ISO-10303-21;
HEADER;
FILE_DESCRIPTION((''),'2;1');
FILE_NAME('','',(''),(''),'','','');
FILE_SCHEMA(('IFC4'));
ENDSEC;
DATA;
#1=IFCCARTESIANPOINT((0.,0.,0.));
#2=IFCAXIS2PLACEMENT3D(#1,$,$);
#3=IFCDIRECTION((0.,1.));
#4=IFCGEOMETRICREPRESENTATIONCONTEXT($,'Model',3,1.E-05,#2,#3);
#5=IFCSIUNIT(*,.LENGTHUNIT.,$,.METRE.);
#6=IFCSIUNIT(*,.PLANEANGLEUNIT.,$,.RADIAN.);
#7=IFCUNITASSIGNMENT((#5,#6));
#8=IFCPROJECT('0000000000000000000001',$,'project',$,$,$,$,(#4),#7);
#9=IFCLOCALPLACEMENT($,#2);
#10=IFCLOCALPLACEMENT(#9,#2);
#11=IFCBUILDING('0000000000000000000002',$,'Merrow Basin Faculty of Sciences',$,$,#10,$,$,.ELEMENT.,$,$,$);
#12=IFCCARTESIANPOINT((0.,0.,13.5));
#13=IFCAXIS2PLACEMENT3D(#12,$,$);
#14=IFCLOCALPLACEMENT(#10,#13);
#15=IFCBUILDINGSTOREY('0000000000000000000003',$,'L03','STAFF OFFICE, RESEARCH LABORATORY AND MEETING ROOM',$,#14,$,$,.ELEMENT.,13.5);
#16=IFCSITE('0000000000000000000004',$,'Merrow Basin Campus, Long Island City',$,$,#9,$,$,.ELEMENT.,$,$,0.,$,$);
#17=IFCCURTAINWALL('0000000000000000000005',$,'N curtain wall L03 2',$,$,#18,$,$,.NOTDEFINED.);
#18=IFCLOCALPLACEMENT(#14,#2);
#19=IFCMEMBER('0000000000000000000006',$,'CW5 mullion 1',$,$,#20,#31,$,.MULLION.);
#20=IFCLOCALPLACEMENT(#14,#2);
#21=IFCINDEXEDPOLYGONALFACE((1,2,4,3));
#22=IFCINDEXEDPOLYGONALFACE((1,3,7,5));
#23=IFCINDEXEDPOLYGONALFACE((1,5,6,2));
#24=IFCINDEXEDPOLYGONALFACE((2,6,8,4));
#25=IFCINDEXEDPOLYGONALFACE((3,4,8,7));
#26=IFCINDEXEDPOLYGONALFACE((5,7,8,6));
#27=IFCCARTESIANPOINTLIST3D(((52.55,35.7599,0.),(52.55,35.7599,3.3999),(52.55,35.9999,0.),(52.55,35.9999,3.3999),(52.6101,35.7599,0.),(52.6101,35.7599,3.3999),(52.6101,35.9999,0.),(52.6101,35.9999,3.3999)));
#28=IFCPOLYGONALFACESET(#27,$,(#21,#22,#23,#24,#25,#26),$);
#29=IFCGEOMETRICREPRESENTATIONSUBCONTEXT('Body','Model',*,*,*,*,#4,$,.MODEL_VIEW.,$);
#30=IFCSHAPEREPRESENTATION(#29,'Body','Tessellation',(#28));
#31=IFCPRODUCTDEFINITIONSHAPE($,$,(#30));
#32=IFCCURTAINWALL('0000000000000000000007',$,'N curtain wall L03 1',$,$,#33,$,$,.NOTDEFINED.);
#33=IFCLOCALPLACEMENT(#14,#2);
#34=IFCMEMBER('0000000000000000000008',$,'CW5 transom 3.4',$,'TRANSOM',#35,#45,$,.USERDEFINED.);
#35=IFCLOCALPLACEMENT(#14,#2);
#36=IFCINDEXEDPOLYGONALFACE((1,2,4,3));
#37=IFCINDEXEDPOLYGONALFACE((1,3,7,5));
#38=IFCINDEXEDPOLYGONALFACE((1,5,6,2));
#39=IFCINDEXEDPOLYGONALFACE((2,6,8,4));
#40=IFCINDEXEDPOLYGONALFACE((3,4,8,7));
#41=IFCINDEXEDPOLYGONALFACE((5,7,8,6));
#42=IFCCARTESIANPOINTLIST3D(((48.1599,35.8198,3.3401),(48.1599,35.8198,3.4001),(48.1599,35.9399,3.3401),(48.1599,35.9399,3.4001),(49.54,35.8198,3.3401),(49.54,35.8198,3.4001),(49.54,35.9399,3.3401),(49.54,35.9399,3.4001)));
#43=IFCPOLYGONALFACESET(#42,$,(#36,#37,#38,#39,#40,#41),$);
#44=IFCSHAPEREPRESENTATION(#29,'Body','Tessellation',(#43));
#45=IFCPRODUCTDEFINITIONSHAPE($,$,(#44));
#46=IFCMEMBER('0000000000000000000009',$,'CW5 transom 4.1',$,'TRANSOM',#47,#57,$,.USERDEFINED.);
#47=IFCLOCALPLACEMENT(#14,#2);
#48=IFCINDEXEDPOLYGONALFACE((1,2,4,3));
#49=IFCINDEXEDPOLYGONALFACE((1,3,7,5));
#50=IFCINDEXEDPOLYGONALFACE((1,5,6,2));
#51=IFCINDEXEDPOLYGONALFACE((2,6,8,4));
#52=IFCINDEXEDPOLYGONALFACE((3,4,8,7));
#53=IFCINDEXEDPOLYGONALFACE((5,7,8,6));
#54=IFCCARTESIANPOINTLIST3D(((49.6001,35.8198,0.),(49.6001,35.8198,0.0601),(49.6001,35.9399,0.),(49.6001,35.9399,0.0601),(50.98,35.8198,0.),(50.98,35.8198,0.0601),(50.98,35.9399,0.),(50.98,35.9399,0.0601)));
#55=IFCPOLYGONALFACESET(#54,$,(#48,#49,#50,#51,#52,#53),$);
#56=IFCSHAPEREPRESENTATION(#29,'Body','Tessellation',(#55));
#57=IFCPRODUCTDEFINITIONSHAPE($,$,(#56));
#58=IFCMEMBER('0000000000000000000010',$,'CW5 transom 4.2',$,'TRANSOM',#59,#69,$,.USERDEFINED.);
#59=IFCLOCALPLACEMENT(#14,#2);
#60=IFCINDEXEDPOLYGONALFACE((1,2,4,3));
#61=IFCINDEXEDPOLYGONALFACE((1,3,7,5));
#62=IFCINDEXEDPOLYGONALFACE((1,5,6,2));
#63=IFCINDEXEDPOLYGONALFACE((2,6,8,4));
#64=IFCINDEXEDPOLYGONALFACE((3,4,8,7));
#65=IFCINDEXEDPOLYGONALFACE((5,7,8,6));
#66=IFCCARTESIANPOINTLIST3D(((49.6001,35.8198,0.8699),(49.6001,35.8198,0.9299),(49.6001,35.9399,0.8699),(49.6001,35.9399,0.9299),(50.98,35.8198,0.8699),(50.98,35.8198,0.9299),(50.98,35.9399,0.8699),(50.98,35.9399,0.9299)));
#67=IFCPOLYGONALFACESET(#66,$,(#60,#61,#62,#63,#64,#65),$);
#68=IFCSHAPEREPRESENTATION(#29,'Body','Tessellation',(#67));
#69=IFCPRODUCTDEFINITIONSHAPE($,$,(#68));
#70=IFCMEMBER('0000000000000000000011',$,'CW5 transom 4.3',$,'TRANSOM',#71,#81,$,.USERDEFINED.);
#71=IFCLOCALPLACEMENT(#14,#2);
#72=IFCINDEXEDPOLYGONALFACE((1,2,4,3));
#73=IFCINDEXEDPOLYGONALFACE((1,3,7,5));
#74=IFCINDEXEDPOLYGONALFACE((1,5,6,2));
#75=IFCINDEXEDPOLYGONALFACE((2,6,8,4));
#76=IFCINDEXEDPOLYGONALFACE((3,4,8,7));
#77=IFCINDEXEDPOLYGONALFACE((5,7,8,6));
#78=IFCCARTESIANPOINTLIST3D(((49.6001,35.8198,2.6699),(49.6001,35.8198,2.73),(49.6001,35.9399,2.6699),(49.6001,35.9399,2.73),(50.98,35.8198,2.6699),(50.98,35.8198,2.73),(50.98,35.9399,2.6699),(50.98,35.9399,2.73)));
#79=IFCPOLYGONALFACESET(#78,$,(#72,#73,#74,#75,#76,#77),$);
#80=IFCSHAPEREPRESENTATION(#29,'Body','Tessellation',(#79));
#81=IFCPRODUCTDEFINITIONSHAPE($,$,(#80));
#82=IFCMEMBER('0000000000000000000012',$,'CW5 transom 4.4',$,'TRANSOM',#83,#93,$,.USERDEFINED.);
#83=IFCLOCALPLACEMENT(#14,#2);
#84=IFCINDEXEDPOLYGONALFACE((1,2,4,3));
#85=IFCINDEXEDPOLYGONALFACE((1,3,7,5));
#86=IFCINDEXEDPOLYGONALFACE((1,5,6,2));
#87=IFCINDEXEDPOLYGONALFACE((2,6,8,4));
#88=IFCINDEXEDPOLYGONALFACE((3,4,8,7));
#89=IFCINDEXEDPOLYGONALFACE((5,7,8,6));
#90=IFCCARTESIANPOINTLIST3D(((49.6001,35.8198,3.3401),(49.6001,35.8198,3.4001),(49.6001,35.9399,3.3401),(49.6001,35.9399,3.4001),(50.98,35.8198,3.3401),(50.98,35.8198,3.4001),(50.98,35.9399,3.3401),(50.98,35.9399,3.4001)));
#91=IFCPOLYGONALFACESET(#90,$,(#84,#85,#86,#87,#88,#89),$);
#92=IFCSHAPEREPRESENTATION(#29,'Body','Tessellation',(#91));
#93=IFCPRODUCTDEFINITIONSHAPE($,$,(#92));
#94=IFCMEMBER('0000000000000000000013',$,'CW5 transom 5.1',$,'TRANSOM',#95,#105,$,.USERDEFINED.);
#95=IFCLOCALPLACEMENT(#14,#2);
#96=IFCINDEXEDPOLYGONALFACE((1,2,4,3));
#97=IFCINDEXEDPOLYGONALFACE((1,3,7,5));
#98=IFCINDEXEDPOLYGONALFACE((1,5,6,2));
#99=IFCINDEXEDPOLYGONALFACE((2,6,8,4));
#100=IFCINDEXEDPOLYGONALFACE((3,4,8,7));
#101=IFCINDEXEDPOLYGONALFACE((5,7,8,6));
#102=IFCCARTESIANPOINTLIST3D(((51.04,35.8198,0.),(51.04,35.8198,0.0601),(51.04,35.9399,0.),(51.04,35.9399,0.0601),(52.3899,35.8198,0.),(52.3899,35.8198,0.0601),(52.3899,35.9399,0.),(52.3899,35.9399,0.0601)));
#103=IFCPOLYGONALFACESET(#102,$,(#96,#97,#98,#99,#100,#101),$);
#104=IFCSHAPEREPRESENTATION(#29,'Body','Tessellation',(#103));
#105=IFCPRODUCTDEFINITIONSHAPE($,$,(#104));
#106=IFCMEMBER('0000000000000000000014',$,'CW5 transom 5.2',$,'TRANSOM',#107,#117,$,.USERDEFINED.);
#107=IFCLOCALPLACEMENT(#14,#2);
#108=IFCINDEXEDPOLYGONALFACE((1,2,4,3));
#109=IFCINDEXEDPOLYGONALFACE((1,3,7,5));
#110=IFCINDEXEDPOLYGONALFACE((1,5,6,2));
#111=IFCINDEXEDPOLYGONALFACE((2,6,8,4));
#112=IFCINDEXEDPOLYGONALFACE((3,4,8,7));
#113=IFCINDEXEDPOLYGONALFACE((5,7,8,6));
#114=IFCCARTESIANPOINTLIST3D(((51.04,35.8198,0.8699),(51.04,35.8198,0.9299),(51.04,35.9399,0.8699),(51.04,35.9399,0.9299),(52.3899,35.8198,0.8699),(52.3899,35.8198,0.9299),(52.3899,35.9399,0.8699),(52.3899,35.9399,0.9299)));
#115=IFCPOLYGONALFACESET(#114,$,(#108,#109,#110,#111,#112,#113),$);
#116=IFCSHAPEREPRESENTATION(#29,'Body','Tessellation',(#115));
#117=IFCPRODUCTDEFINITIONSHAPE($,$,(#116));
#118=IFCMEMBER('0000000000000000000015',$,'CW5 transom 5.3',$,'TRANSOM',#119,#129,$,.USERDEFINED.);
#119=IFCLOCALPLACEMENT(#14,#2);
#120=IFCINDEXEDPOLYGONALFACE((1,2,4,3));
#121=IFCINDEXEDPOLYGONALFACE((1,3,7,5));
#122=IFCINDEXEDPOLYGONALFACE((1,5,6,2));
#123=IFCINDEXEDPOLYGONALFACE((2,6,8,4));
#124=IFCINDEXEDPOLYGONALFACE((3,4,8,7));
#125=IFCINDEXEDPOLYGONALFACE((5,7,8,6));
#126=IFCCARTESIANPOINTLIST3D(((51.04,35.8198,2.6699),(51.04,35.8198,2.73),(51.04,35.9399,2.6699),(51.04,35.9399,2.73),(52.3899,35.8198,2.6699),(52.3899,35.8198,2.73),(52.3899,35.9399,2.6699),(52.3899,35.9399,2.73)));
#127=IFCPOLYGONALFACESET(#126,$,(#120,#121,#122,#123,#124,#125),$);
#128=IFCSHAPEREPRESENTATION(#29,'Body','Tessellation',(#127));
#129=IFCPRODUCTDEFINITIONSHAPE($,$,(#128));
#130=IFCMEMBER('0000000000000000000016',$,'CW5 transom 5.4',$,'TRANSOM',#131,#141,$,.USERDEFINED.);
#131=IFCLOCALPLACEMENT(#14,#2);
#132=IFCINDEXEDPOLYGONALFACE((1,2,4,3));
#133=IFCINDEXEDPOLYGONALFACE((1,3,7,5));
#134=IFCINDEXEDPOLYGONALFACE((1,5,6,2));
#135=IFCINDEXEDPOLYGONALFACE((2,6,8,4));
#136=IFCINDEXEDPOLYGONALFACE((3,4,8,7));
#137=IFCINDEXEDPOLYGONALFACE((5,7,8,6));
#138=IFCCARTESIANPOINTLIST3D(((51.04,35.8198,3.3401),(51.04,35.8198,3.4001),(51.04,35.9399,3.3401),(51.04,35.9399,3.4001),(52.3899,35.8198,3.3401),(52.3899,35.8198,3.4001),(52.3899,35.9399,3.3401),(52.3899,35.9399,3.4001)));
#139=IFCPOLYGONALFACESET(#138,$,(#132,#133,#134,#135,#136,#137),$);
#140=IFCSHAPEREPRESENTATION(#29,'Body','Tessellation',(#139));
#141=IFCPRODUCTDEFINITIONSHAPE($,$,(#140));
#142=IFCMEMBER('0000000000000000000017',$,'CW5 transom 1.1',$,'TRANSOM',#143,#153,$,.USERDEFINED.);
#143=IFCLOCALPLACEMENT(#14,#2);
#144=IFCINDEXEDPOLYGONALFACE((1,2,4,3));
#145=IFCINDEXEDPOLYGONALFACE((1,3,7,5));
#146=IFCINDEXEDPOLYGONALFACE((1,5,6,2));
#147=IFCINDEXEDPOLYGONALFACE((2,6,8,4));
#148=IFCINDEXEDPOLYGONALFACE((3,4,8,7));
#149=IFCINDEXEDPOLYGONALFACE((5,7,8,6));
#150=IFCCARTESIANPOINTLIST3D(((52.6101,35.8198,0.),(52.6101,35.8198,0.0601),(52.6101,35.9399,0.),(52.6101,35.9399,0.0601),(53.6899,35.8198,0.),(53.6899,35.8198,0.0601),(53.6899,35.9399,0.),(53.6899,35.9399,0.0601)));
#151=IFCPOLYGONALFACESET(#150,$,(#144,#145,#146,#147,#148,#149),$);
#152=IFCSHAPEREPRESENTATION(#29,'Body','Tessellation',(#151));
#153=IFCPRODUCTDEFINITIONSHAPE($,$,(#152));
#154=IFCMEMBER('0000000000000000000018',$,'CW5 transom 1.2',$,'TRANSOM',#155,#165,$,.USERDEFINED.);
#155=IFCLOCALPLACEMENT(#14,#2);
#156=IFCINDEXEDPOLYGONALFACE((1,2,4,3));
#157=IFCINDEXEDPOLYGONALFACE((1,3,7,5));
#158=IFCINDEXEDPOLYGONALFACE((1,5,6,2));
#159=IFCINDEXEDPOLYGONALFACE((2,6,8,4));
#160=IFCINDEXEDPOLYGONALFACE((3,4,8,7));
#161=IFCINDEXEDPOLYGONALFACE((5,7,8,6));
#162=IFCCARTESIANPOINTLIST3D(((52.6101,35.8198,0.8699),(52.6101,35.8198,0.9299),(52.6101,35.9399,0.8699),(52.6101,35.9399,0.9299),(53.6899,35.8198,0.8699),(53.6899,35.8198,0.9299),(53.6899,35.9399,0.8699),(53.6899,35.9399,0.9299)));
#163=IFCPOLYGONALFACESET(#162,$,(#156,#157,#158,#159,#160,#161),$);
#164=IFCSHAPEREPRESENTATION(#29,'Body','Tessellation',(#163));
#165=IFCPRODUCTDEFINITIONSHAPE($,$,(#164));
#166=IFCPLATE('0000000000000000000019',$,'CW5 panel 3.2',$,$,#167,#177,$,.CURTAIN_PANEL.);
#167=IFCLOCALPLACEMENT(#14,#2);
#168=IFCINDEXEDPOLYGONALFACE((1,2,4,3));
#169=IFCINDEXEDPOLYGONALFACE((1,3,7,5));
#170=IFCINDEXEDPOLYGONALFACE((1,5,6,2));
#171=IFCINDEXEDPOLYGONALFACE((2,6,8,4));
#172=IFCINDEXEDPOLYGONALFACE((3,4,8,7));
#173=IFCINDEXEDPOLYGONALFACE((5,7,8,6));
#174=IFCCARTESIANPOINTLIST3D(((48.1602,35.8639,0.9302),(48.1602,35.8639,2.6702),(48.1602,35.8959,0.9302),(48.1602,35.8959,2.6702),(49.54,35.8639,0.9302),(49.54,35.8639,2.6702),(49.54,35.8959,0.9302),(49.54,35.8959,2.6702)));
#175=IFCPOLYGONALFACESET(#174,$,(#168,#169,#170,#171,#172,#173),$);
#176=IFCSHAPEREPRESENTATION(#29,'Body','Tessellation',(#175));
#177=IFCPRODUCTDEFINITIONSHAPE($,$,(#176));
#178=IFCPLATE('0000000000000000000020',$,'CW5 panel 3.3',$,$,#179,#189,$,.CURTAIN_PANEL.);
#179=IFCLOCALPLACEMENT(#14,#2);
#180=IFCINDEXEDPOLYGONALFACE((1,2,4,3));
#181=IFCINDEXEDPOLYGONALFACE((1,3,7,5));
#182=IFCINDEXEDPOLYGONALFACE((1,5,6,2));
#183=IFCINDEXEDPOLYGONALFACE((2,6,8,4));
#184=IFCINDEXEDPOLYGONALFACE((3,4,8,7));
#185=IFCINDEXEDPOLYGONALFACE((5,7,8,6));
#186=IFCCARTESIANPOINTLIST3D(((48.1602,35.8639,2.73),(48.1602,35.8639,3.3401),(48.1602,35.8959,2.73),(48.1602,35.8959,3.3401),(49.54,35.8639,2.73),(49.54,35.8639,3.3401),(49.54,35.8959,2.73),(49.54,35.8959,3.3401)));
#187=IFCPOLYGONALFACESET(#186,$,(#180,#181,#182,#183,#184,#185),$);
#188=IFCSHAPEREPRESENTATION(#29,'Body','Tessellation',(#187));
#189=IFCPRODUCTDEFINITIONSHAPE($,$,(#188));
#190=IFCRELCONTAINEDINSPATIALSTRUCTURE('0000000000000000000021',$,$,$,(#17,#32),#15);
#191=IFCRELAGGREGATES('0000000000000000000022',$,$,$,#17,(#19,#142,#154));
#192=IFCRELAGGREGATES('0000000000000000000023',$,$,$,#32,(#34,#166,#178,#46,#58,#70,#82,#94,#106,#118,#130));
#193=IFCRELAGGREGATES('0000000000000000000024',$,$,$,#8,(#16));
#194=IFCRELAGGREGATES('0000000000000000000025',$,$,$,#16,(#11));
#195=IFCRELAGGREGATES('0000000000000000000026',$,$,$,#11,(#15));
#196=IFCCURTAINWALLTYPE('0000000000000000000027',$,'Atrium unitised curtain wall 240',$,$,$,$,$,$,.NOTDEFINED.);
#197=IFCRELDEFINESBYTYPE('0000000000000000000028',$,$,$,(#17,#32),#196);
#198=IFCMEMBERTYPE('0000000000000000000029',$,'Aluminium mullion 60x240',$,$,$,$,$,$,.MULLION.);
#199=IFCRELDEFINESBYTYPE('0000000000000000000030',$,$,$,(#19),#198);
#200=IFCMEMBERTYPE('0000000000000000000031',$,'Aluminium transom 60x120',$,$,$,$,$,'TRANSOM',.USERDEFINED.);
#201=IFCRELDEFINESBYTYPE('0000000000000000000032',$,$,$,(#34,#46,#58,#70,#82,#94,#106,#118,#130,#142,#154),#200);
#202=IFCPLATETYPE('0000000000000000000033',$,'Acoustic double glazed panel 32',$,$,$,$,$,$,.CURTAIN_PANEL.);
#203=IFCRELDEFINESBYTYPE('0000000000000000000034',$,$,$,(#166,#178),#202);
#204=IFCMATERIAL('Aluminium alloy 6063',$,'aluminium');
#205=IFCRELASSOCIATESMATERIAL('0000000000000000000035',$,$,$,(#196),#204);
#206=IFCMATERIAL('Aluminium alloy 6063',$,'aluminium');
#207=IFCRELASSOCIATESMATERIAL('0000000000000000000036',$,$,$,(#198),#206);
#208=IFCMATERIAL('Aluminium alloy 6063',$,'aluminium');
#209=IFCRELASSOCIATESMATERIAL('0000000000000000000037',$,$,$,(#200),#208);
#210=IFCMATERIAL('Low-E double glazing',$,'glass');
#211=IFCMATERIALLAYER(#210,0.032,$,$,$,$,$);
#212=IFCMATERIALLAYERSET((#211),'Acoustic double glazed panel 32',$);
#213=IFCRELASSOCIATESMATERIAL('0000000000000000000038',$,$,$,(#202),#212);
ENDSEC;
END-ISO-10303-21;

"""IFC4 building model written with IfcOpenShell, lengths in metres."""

from ifc_helpers import new_model, si_unit, direction, frame, origin, origin_2d, place, context, subcontext, project, spatial, rectangle, extrude, material, layer, layer_set, material_profile, profile_set, type_object, element, aggregate, save


model = new_model("IFC4")

# Units and contexts
model_context = context("Model", 3, precision=1e-05, world=origin(), true_north=direction((0.0, 1.0)))
body_context = subcontext(model_context, "Body", "Model", "MODEL_VIEW")
ifc_project = project(units=[si_unit("LENGTHUNIT", "METRE"), si_unit("PLANEANGLEUNIT", "RADIAN")], contexts=[model_context])

# Site, building, storey
site_placement = place(None, origin())
site = spatial("IfcSite", under=ifc_project, at=site_placement, Name="Merrow Basin Campus, Long Island City", CompositionType="ELEMENT", RefElevation=0.0)
building_placement = place(site_placement, origin())
building = spatial("IfcBuilding", under=site, at=building_placement, Name="Merrow Basin Faculty of Sciences", CompositionType="ELEMENT")
storey_placement = place(building_placement, frame((0.0, 0.0, 13.5)))
storey = spatial("IfcBuildingStorey", under=building, at=storey_placement, Name="L03", Description="STAFF OFFICE, RESEARCH LABORATORY AND MEETING ROOM", CompositionType="ELEMENT", Elevation=13.5)

# Curtain wall, member
ifc_material_1 = material(Name="Aluminium alloy 6063", Category="aluminium")
curtain_wall_type = type_object("IfcCurtainWallType", Name="Atrium unitised curtain wall 240", PredefinedType="NOTDEFINED", material=ifc_material_1)
curtain_wall_1_placement = place(storey_placement, origin())
curtain_wall_1 = element("IfcCurtainWall", 1, at=curtain_wall_1_placement, inside=storey, type_object=curtain_wall_type, Name="N curtain wall L03 2", PredefinedType="NOTDEFINED")
ifc_material_2 = material(Name="Aluminium alloy 6063", Category="aluminium")
ifc_material_profile_1 = material_profile(ifc_material_2, rectangle(XDim=0.24, YDim=0.0601, at=origin_2d()))
ifc_profile_set_1 = profile_set([ifc_material_profile_1], Name="Aluminium alloy 6063")
member_type_1 = type_object("IfcMemberType", Name="Aluminium mullion 60x240", PredefinedType="MULLION", material=ifc_profile_set_1)
member_1_placement = place(storey_placement, frame((52.5801, 35.8799, 0.0), z_axis=(0.0, 0.0, 1.0), x_axis=(0.0, 1.0, 0.0)))
member_1 = element("IfcMember", 2, at=member_1_placement, type_object=member_type_1, Name="CW5 mullion 1", PredefinedType="MULLION", context=body_context, shape_type="SweptSolid", body=[
    extrude(rectangle(XDim=0.24, YDim=0.0601, at=origin_2d()), origin(), (0.0, 0.0, 1.0), 3.3999),
])

# Curtain wall, members
curtain_wall_2_placement = place(storey_placement, origin())
curtain_wall_2 = element("IfcCurtainWall", 3, at=curtain_wall_2_placement, inside=storey, type_object=curtain_wall_type, Name="N curtain wall L03 1", PredefinedType="NOTDEFINED")
ifc_material_3 = material(Name="Aluminium alloy 6063", Category="aluminium")
ifc_material_profile_2 = material_profile(ifc_material_3, rectangle(XDim=0.1201, YDim=0.0601, at=origin_2d()))
ifc_profile_set_2 = profile_set([ifc_material_profile_2], Name="Aluminium alloy 6063")
member_type_2 = type_object("IfcMemberType", Name="Aluminium transom 60x120", ElementType="TRANSOM", PredefinedType="USERDEFINED", material=ifc_profile_set_2)
member_2_placement = place(storey_placement, frame((48.1599, 35.8799, 3.3701), z_axis=(1.0, 0.0, 0.0), x_axis=(0.0, 1.0, 0.0)))
member_2 = element("IfcMember", 4, at=member_2_placement, type_object=member_type_2, Name="CW5 transom 3.4", ObjectType="TRANSOM", PredefinedType="USERDEFINED", context=body_context, shape_type="SweptSolid", body=[
    extrude(rectangle(XDim=0.1201, YDim=0.0601, at=origin_2d()), origin(), (0.0, 0.0, 1.0), 1.3801),
])
member_3_placement = place(storey_placement, frame((49.6001, 35.8799, 0.03), z_axis=(1.0, 0.0, 0.0), x_axis=(0.0, 1.0, 0.0)))
member_3 = element("IfcMember", 5, at=member_3_placement, type_object=member_type_2, Name="CW5 transom 4.1", ObjectType="TRANSOM", PredefinedType="USERDEFINED", context=body_context, shape_type="SweptSolid", body=[
    extrude(rectangle(XDim=0.1201, YDim=0.0601, at=origin_2d()), origin(), (0.0, 0.0, 1.0), 1.3799),
])
member_4_placement = place(storey_placement, frame((49.6001, 35.8799, 0.8999), z_axis=(1.0, 0.0, 0.0), x_axis=(0.0, 1.0, 0.0)))
member_4 = element("IfcMember", 6, at=member_4_placement, type_object=member_type_2, Name="CW5 transom 4.2", ObjectType="TRANSOM", PredefinedType="USERDEFINED", context=body_context, shape_type="SweptSolid", body=[
    extrude(rectangle(XDim=0.1201, YDim=0.0601, at=origin_2d()), origin(), (0.0, 0.0, 1.0), 1.3799),
])
member_5_placement = place(storey_placement, frame((49.6001, 35.8799, 2.7), z_axis=(1.0, 0.0, 0.0), x_axis=(0.0, 1.0, 0.0)))
member_5 = element("IfcMember", 7, at=member_5_placement, type_object=member_type_2, Name="CW5 transom 4.3", ObjectType="TRANSOM", PredefinedType="USERDEFINED", context=body_context, shape_type="SweptSolid", body=[
    extrude(rectangle(XDim=0.1201, YDim=0.0601, at=origin_2d()), origin(), (0.0, 0.0, 1.0), 1.3799),
])
member_6_placement = place(storey_placement, frame((49.6001, 35.8799, 3.3701), z_axis=(1.0, 0.0, 0.0), x_axis=(0.0, 1.0, 0.0)))
member_6 = element("IfcMember", 8, at=member_6_placement, type_object=member_type_2, Name="CW5 transom 4.4", ObjectType="TRANSOM", PredefinedType="USERDEFINED", context=body_context, shape_type="SweptSolid", body=[
    extrude(rectangle(XDim=0.1201, YDim=0.0601, at=origin_2d()), origin(), (0.0, 0.0, 1.0), 1.3799),
])
member_7_placement = place(storey_placement, frame((51.04, 35.8799, 0.03), z_axis=(1.0, 0.0, 0.0), x_axis=(0.0, 1.0, 0.0)))
member_7 = element("IfcMember", 9, at=member_7_placement, type_object=member_type_2, Name="CW5 transom 5.1", ObjectType="TRANSOM", PredefinedType="USERDEFINED", context=body_context, shape_type="SweptSolid", body=[
    extrude(rectangle(XDim=0.1201, YDim=0.0601, at=origin_2d()), origin(), (0.0, 0.0, 1.0), 1.3499),
])
member_8_placement = place(storey_placement, frame((51.04, 35.8799, 0.8999), z_axis=(1.0, 0.0, 0.0), x_axis=(0.0, 1.0, 0.0)))
member_8 = element("IfcMember", 10, at=member_8_placement, type_object=member_type_2, Name="CW5 transom 5.2", ObjectType="TRANSOM", PredefinedType="USERDEFINED", context=body_context, shape_type="SweptSolid", body=[
    extrude(rectangle(XDim=0.1201, YDim=0.0601, at=origin_2d()), origin(), (0.0, 0.0, 1.0), 1.3499),
])
member_9_placement = place(storey_placement, frame((51.04, 35.8799, 2.7), z_axis=(1.0, 0.0, 0.0), x_axis=(0.0, 1.0, 0.0)))
member_9 = element("IfcMember", 11, at=member_9_placement, type_object=member_type_2, Name="CW5 transom 5.3", ObjectType="TRANSOM", PredefinedType="USERDEFINED", context=body_context, shape_type="SweptSolid", body=[
    extrude(rectangle(XDim=0.1201, YDim=0.0601, at=origin_2d()), origin(), (0.0, 0.0, 1.0), 1.3499),
])
member_10_placement = place(storey_placement, frame((51.04, 35.8799, 3.3701), z_axis=(1.0, 0.0, 0.0), x_axis=(0.0, 1.0, 0.0)))
member_10 = element("IfcMember", 12, at=member_10_placement, type_object=member_type_2, Name="CW5 transom 5.4", ObjectType="TRANSOM", PredefinedType="USERDEFINED", context=body_context, shape_type="SweptSolid", body=[
    extrude(rectangle(XDim=0.1201, YDim=0.0601, at=origin_2d()), origin(), (0.0, 0.0, 1.0), 1.3499),
])

# Members
member_11_placement = place(storey_placement, frame((52.6101, 35.8799, 0.03), z_axis=(1.0, 0.0, 0.0), x_axis=(0.0, 1.0, 0.0)))
member_11 = element("IfcMember", 13, at=member_11_placement, type_object=member_type_2, Name="CW5 transom 1.1", ObjectType="TRANSOM", PredefinedType="USERDEFINED", context=body_context, shape_type="SweptSolid", body=[
    extrude(rectangle(XDim=0.1201, YDim=0.0601, at=origin_2d()), origin(), (0.0, 0.0, 1.0), 1.0798),
])
member_12_placement = place(storey_placement, frame((52.6101, 35.8799, 0.8999), z_axis=(1.0, 0.0, 0.0), x_axis=(0.0, 1.0, 0.0)))
member_12 = element("IfcMember", 14, at=member_12_placement, type_object=member_type_2, Name="CW5 transom 1.2", ObjectType="TRANSOM", PredefinedType="USERDEFINED", context=body_context, shape_type="SweptSolid", body=[
    extrude(rectangle(XDim=0.1201, YDim=0.0601, at=origin_2d()), origin(), (0.0, 0.0, 1.0), 1.0798),
])
aggregate(curtain_wall_1, [member_1, member_11, member_12])

# Plates
ifc_material_4 = material(Name="Low-E double glazing", Category="glass")
ifc_layer_1 = layer(ifc_material_4, 0.032)
ifc_layer_set_1 = layer_set([ifc_layer_1], Name="Acoustic double glazed panel 32")
plate_type_1 = type_object("IfcPlateType", Name="Acoustic double glazed panel 32", PredefinedType="CURTAIN_PANEL", material=ifc_layer_set_1)
plate_1_placement = place(storey_placement, frame((48.8501, 35.8799, 0.9302), z_axis=(0.0, 0.0, 1.0), x_axis=(1.0, 0.0, 0.0)))
plate_1 = element("IfcPlate", 15, at=plate_1_placement, type_object=plate_type_1, Name="CW5 panel 3.2", PredefinedType="CURTAIN_PANEL", context=body_context, shape_type="SweptSolid", body=[
    extrude(rectangle(XDim=1.3799, YDim=0.032, at=origin_2d()), origin(), (0.0, 0.0, 1.0), 1.74),
])
plate_2_placement = place(storey_placement, frame((48.8501, 35.8799, 2.73), z_axis=(0.0, 0.0, 1.0), x_axis=(1.0, 0.0, 0.0)))
plate_2 = element("IfcPlate", 16, at=plate_2_placement, type_object=plate_type_1, Name="CW5 panel 3.3", PredefinedType="CURTAIN_PANEL", context=body_context, shape_type="SweptSolid", body=[
    extrude(rectangle(XDim=1.3799, YDim=0.032, at=origin_2d()), origin(), (0.0, 0.0, 1.0), 0.6101),
])
aggregate(curtain_wall_2, [member_2, plate_1, plate_2, member_3, member_4, member_5, member_6, member_7, member_8, member_9, member_10])

save(model, "model.ifc")
